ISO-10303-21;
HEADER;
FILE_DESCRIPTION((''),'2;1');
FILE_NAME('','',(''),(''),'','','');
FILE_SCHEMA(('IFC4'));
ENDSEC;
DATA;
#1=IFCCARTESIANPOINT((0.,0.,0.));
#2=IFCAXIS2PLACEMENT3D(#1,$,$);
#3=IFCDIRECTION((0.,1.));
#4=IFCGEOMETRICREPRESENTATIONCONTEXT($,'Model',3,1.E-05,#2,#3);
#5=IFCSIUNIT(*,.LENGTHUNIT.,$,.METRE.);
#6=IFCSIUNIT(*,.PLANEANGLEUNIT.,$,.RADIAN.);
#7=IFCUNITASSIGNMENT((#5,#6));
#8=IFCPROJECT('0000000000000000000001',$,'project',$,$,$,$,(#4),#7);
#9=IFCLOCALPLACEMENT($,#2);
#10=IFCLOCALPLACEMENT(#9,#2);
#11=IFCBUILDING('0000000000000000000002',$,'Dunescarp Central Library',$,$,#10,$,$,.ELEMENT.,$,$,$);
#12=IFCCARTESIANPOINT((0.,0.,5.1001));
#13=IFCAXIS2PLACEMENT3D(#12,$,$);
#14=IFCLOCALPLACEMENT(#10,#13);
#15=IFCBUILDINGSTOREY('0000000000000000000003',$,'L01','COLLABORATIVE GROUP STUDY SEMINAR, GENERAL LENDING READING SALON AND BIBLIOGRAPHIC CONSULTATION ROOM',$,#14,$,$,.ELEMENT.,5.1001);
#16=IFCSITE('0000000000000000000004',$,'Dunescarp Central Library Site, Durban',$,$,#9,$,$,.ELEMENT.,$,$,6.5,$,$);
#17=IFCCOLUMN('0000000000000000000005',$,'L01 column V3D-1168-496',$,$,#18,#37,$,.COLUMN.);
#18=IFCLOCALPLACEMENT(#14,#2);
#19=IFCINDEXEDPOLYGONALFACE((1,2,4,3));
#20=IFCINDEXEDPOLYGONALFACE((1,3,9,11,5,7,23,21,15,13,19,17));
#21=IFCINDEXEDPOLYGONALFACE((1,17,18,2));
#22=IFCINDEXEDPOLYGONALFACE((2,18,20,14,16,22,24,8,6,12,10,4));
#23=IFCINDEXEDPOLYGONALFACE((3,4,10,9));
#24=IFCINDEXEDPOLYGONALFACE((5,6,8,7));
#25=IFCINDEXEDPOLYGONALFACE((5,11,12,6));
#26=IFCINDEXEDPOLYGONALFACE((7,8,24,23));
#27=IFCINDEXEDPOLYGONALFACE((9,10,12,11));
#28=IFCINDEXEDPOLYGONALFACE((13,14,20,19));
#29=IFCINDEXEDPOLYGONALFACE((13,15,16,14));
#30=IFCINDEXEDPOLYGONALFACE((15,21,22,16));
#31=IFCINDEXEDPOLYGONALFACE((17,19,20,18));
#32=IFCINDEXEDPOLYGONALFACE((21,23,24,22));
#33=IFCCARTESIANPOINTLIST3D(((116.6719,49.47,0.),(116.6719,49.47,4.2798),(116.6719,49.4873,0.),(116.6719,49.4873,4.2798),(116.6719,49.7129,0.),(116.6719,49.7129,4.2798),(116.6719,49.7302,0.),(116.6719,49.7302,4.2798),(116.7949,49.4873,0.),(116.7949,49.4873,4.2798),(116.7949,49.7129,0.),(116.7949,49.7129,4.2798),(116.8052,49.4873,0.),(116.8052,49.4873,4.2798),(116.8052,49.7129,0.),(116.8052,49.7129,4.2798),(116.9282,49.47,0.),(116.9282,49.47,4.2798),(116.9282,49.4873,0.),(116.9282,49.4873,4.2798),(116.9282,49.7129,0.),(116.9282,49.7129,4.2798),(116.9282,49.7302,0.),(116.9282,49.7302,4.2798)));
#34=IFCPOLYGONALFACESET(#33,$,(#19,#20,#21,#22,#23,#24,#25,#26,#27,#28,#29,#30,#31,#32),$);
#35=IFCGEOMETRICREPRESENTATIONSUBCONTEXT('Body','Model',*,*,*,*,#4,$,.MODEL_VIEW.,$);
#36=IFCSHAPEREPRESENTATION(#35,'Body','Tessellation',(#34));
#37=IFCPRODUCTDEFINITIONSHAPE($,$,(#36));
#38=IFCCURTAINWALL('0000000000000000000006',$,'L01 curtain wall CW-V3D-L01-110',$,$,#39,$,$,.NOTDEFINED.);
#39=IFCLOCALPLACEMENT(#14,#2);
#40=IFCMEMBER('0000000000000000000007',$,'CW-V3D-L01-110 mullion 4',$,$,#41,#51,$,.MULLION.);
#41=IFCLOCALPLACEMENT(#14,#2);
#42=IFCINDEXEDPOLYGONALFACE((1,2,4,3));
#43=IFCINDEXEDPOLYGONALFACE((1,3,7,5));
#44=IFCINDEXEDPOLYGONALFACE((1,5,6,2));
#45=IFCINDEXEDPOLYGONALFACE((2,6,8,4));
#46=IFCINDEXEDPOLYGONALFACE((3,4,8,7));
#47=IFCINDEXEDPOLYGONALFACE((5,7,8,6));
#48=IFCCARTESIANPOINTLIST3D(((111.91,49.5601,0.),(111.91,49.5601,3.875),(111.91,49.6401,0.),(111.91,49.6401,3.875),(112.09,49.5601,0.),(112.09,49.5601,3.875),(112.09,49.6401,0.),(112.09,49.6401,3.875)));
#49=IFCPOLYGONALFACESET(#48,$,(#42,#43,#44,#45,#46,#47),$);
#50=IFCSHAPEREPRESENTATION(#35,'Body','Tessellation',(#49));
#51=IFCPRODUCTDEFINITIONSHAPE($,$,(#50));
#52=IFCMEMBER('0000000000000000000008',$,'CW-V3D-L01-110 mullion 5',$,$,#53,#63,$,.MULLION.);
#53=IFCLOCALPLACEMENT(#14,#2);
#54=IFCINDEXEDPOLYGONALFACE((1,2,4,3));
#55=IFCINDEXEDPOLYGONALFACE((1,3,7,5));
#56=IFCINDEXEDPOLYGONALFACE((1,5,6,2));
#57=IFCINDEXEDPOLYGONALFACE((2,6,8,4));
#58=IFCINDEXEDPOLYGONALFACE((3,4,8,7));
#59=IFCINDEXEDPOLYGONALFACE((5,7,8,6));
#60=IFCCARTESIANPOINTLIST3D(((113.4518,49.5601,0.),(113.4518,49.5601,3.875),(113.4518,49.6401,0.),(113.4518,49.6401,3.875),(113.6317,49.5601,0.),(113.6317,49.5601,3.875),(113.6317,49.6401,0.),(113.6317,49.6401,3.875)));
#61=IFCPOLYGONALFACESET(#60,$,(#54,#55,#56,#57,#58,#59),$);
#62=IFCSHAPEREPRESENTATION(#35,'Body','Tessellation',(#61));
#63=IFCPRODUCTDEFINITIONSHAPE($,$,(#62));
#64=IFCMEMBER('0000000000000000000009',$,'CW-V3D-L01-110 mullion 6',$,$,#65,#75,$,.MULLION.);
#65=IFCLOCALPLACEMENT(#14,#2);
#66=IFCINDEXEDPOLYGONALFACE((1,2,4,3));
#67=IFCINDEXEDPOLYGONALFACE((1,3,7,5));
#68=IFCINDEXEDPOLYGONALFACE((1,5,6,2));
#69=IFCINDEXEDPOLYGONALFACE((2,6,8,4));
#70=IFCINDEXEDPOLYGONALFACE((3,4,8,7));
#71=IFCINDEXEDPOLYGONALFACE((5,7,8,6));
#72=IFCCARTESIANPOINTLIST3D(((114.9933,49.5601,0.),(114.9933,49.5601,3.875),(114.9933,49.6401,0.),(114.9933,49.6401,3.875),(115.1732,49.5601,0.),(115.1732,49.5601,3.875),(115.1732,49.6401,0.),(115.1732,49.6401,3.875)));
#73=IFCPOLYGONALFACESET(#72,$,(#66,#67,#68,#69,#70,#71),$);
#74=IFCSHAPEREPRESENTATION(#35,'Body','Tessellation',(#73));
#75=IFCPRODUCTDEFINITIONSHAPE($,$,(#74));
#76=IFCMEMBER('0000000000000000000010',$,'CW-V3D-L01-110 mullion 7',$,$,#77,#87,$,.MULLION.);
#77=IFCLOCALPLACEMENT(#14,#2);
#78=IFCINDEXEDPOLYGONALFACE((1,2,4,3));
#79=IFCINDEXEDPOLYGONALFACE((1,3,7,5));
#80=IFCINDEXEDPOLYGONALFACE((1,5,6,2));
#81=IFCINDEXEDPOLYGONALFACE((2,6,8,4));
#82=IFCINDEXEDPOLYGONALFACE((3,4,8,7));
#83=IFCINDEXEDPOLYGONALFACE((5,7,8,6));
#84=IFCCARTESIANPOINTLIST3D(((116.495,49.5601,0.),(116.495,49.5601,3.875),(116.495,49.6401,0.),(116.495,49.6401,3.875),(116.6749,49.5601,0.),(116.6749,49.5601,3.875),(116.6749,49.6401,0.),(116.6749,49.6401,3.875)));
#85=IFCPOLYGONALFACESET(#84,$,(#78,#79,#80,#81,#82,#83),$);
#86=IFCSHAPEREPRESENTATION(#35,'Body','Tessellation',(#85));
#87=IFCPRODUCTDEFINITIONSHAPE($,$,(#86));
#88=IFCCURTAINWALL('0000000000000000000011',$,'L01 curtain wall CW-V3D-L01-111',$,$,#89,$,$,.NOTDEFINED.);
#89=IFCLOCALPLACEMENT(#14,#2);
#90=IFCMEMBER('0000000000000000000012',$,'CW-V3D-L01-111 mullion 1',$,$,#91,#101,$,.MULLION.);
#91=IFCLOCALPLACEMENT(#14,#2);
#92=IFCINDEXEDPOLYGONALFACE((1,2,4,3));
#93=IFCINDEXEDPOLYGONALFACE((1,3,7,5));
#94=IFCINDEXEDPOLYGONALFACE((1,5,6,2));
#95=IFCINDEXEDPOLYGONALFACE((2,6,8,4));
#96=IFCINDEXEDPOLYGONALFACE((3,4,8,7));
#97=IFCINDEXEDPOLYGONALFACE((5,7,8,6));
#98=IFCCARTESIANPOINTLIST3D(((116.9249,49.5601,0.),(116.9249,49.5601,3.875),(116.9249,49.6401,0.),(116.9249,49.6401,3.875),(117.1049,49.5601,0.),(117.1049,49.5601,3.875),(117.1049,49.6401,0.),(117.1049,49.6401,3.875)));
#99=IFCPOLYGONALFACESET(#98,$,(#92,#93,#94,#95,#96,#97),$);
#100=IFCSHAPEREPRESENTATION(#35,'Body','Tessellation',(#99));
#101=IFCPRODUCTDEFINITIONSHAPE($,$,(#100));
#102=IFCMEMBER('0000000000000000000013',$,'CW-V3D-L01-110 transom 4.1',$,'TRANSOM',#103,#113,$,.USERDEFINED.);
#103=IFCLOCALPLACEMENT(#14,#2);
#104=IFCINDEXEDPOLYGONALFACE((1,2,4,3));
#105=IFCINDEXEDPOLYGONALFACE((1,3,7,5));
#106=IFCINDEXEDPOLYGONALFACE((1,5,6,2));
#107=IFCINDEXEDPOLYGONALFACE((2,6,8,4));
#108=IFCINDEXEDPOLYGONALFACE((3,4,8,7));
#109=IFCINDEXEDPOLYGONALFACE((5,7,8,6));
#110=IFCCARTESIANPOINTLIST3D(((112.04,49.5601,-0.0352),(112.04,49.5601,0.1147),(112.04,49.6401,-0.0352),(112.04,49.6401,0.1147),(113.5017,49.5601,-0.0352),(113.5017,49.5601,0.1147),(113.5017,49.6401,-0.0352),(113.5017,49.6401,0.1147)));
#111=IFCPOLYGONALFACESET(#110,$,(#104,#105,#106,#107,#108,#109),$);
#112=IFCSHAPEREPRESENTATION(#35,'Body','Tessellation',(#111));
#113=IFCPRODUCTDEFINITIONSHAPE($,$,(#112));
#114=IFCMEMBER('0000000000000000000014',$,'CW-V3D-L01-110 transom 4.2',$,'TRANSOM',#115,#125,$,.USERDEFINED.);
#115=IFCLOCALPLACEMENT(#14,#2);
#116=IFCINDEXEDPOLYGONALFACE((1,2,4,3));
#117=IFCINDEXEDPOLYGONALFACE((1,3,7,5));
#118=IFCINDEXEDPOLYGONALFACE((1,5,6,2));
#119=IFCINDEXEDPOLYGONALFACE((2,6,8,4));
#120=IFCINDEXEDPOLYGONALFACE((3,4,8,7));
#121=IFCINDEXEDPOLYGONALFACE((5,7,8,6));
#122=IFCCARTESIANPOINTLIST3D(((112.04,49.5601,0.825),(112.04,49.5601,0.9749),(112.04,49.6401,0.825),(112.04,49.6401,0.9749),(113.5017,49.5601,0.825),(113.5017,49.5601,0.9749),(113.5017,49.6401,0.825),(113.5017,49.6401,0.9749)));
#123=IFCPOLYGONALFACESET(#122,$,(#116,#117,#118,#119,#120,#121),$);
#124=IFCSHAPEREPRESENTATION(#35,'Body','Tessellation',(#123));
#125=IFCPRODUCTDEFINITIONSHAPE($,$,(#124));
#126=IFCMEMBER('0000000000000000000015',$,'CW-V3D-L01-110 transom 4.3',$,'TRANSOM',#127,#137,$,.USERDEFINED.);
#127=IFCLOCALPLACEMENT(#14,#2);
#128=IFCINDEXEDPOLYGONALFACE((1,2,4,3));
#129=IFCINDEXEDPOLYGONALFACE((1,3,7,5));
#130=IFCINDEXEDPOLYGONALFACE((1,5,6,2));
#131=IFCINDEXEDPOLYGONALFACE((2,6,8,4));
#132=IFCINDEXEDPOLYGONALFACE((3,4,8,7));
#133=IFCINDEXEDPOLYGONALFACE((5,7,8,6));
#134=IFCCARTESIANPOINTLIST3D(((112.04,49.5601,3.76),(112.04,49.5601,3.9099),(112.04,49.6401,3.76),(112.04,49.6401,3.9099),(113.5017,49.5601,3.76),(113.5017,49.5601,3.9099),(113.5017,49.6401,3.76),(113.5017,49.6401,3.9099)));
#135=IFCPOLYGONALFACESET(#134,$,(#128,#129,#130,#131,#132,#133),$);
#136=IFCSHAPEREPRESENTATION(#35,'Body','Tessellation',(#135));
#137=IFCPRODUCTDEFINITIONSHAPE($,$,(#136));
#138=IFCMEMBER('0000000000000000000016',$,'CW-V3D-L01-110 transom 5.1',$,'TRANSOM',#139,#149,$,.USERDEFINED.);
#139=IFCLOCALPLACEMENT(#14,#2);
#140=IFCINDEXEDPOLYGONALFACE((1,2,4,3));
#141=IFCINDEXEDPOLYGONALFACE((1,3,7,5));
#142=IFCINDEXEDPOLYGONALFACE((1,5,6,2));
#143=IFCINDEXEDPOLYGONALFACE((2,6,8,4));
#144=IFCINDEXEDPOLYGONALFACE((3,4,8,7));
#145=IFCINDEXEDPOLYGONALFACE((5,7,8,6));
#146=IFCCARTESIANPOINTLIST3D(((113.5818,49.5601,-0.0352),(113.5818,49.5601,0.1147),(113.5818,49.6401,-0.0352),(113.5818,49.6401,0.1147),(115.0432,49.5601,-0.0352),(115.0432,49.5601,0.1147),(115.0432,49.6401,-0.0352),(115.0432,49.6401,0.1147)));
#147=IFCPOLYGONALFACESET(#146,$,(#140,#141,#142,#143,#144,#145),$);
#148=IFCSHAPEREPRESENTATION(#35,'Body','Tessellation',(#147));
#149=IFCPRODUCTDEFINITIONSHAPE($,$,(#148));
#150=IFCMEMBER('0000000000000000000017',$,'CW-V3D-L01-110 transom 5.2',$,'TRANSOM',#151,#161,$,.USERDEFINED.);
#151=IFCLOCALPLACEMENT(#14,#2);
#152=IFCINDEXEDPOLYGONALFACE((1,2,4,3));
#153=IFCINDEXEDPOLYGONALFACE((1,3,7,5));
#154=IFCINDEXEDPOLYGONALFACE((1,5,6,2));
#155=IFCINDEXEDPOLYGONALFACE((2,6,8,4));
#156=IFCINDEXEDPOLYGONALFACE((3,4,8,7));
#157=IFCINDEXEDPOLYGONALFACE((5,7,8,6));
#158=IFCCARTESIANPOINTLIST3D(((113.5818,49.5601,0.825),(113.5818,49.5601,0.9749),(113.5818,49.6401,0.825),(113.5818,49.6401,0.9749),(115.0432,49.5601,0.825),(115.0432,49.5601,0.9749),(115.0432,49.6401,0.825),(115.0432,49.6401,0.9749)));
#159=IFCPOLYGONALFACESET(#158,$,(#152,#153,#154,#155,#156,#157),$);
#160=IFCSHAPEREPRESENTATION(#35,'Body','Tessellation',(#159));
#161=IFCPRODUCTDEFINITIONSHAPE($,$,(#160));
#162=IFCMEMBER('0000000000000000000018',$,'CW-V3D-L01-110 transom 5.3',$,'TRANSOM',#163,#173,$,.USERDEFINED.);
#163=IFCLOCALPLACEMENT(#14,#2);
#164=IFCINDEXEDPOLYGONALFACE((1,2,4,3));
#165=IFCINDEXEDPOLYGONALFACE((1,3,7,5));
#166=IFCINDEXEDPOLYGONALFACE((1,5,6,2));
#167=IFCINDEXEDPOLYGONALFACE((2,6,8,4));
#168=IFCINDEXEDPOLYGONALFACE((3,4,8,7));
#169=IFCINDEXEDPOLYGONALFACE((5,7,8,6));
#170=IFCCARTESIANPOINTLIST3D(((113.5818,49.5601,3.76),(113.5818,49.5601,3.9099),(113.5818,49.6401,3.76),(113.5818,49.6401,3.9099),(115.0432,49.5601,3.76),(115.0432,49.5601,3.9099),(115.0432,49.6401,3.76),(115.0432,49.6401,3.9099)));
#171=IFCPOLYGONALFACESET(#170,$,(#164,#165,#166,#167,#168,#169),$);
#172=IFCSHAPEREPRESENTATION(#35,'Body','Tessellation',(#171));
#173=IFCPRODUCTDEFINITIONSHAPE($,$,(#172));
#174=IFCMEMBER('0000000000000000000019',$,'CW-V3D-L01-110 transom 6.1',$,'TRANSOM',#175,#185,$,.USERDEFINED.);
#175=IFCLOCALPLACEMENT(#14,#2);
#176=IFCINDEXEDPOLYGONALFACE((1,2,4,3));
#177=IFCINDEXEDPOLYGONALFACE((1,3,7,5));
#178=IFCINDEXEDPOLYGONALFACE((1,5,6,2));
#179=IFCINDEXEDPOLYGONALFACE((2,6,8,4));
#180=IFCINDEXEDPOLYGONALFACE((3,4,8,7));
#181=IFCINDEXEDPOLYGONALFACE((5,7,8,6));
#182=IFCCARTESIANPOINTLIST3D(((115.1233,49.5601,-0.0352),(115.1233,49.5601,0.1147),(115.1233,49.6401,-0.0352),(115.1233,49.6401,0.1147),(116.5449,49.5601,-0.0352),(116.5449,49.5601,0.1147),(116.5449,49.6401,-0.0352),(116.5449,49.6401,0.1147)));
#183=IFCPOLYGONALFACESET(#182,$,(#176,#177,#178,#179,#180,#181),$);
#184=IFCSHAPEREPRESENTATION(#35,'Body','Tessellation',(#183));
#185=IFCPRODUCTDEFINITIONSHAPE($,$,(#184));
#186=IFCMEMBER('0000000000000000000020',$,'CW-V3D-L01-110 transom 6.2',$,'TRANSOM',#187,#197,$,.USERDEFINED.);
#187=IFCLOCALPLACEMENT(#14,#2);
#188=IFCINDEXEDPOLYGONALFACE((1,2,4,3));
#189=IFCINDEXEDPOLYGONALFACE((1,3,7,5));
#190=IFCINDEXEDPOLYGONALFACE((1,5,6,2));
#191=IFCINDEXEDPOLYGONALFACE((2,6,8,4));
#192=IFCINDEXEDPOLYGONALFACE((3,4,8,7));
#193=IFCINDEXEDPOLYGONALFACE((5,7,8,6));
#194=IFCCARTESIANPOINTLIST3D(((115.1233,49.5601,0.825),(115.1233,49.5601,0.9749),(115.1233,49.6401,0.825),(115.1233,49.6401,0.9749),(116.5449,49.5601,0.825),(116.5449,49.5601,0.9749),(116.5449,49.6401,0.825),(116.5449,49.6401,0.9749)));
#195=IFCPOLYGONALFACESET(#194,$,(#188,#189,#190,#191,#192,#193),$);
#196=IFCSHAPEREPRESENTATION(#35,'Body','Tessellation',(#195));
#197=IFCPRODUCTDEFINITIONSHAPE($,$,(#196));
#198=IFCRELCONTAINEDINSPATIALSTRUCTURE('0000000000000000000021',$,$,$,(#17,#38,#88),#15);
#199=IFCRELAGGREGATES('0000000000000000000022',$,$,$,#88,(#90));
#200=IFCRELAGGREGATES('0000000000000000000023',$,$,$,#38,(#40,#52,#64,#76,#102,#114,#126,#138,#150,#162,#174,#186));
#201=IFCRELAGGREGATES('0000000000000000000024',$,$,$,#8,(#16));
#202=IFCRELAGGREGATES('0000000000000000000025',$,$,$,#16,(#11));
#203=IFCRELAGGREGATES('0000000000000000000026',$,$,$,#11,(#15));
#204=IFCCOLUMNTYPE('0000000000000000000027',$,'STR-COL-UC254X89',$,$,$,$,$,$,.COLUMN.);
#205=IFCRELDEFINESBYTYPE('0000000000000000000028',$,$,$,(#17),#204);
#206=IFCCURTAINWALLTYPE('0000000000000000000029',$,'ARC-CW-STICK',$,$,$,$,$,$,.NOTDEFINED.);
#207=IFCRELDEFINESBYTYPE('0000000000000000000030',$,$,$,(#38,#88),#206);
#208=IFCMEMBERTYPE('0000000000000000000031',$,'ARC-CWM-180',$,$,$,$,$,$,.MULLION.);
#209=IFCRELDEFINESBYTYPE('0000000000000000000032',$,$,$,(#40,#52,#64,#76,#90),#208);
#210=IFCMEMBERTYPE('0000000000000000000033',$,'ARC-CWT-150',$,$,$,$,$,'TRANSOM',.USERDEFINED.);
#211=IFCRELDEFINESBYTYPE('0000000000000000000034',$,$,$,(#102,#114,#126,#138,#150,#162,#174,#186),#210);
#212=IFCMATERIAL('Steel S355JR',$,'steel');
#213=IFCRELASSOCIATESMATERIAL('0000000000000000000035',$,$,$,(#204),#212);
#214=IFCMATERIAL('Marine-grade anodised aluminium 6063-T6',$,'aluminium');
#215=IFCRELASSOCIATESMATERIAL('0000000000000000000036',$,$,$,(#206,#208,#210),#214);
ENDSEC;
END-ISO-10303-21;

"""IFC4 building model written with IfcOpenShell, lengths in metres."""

from ifc_helpers import new_model, si_unit, direction, frame, origin, origin_2d, place, context, subcontext, project, spatial, rectangle, i_section, extrude, material, material_profile, profile_set, type_object, element, aggregate, save


model = new_model("IFC4")

# Units and contexts
model_context = context("Model", 3, precision=1e-05, world=origin(), true_north=direction((0.0, 1.0)))
body_context = subcontext(model_context, "Body", "Model", "MODEL_VIEW")
ifc_project = project(units=[si_unit("LENGTHUNIT", "METRE"), si_unit("PLANEANGLEUNIT", "RADIAN")], contexts=[model_context])

# Site, building, storey
site_placement = place(None, origin())
site = spatial("IfcSite", under=ifc_project, at=site_placement, Name="Dunescarp Central Library Site, Durban", CompositionType="ELEMENT", RefElevation=6.5)
building_placement = place(site_placement, origin())
building = spatial("IfcBuilding", under=site, at=building_placement, Name="Dunescarp Central Library", CompositionType="ELEMENT")
storey_placement = place(building_placement, frame((0.0, 0.0, 5.1001)))
storey = spatial("IfcBuildingStorey", under=building, at=storey_placement, Name="L01", Description="COLLABORATIVE GROUP STUDY SEMINAR, GENERAL LENDING READING SALON AND BIBLIOGRAPHIC CONSULTATION ROOM", CompositionType="ELEMENT", Elevation=5.1001)

# Column
ifc_material_1 = material(Name="Steel S355JR", Category="steel")
ifc_material_profile_1 = material_profile(ifc_material_1, i_section(OverallWidth=0.2563, OverallDepth=0.2603, WebThickness=0.0103, FlangeThickness=0.0173, at=origin_2d()), Name="UC 254x254x89")
ifc_profile_set_1 = profile_set([ifc_material_profile_1], Name="Steel S355JR")
column_type = type_object("IfcColumnType", Name="STR-COL-UC254X89", PredefinedType="COLUMN", material=ifc_profile_set_1)
column_placement = place(storey_placement, frame((116.8, 49.6001, 0.0), z_axis=(0.0, 0.0, 1.0), x_axis=(1.0, 0.0, 0.0)))
element("IfcColumn", 1, at=column_placement, inside=storey, type_object=column_type, Name="L01 column V3D-1168-496", PredefinedType="COLUMN", context=body_context, shape_type="SweptSolid", body=[
    extrude(i_section(OverallWidth=0.2563, OverallDepth=0.2603, WebThickness=0.0103, FlangeThickness=0.0173, at=origin_2d()), origin(), (0.0, 0.0, 1.0), 4.2798),
])

# Curtain wall, members
ifc_material_2 = material(Name="Marine-grade anodised aluminium 6063-T6", Category="aluminium")
curtain_wall_type = type_object("IfcCurtainWallType", Name="ARC-CW-STICK", PredefinedType="NOTDEFINED", material=ifc_material_2)
curtain_wall_1_placement = place(storey_placement, origin())
curtain_wall_1 = element("IfcCurtainWall", 2, at=curtain_wall_1_placement, inside=storey, type_object=curtain_wall_type, Name="L01 curtain wall CW-V3D-L01-110", PredefinedType="NOTDEFINED")
ifc_material_profile_2 = material_profile(ifc_material_2, rectangle(XDim=0.0801, YDim=0.1799, at=origin_2d()), Name="AL 80x180")
ifc_profile_set_2 = profile_set([ifc_material_profile_2], Name="Marine-grade anodised aluminium 6063-T6")
member_type_1 = type_object("IfcMemberType", Name="ARC-CWM-180", PredefinedType="MULLION", material=ifc_profile_set_2)
member_1_placement = place(storey_placement, frame((112.0, 49.6001, 0.0), z_axis=(0.0, 0.0, 1.0), x_axis=(0.0, 1.0, 0.0)))
member_1 = element("IfcMember", 3, at=member_1_placement, type_object=member_type_1, Name="CW-V3D-L01-110 mullion 4", PredefinedType="MULLION", context=body_context, shape_type="SweptSolid", body=[
    extrude(rectangle(XDim=0.0801, YDim=0.1799, at=origin_2d()), origin(), (0.0, 0.0, 1.0), 3.875),
])
member_2_placement = place(storey_placement, frame((113.5417, 49.6001, 0.0), z_axis=(0.0, 0.0, 1.0), x_axis=(0.0, 1.0, 0.0)))
member_2 = element("IfcMember", 4, at=member_2_placement, type_object=member_type_1, Name="CW-V3D-L01-110 mullion 5", PredefinedType="MULLION", context=body_context, shape_type="SweptSolid", body=[
    extrude(rectangle(XDim=0.0801, YDim=0.1799, at=origin_2d()), origin(), (0.0, 0.0, 1.0), 3.875),
])
member_3_placement = place(storey_placement, frame((115.0833, 49.6001, 0.0), z_axis=(0.0, 0.0, 1.0), x_axis=(0.0, 1.0, 0.0)))
member_3 = element("IfcMember", 5, at=member_3_placement, type_object=member_type_1, Name="CW-V3D-L01-110 mullion 6", PredefinedType="MULLION", context=body_context, shape_type="SweptSolid", body=[
    extrude(rectangle(XDim=0.0801, YDim=0.1799, at=origin_2d()), origin(), (0.0, 0.0, 1.0), 3.875),
])
member_4_placement = place(storey_placement, frame((116.585, 49.6001, 0.0), z_axis=(0.0, 0.0, 1.0), x_axis=(0.0, 1.0, 0.0)))
member_4 = element("IfcMember", 6, at=member_4_placement, type_object=member_type_1, Name="CW-V3D-L01-110 mullion 7", PredefinedType="MULLION", context=body_context, shape_type="SweptSolid", body=[
    extrude(rectangle(XDim=0.0801, YDim=0.1799, at=origin_2d()), origin(), (0.0, 0.0, 1.0), 3.875),
])

# Curtain wall, member
curtain_wall_2_placement = place(storey_placement, origin())
curtain_wall_2 = element("IfcCurtainWall", 7, at=curtain_wall_2_placement, inside=storey, type_object=curtain_wall_type, Name="L01 curtain wall CW-V3D-L01-111", PredefinedType="NOTDEFINED")
member_5_placement = place(storey_placement, frame((117.0149, 49.6001, 0.0), z_axis=(0.0, 0.0, 1.0), x_axis=(0.0, 1.0, 0.0)))
member_5 = element("IfcMember", 8, at=member_5_placement, type_object=member_type_1, Name="CW-V3D-L01-111 mullion 1", PredefinedType="MULLION", context=body_context, shape_type="SweptSolid", body=[
    extrude(rectangle(XDim=0.0801, YDim=0.1799, at=origin_2d()), origin(), (0.0, 0.0, 1.0), 3.875),
])

# Members
ifc_material_profile_3 = material_profile(ifc_material_2, rectangle(XDim=0.0801, YDim=0.1499, at=origin_2d()), Name="AL 80x150")
ifc_profile_set_3 = profile_set([ifc_material_profile_3], Name="Marine-grade anodised aluminium 6063-T6")
member_type_2 = type_object("IfcMemberType", Name="ARC-CWT-150", ElementType="TRANSOM", PredefinedType="USERDEFINED", material=ifc_profile_set_3)
member_6_placement = place(storey_placement, frame((112.04, 49.6001, 0.0398), z_axis=(1.0, 0.0, 0.0), x_axis=(0.0, 1.0, 0.0)))
member_6 = element("IfcMember", 9, at=member_6_placement, type_object=member_type_2, Name="CW-V3D-L01-110 transom 4.1", ObjectType="TRANSOM", PredefinedType="USERDEFINED", context=body_context, shape_type="SweptSolid", body=[
    extrude(rectangle(XDim=0.0801, YDim=0.1499, at=origin_2d()), origin(), (0.0, 0.0, 1.0), 1.4617),
])
member_7_placement = place(storey_placement, frame((112.04, 49.6001, 0.8999), z_axis=(1.0, 0.0, 0.0), x_axis=(0.0, 1.0, 0.0)))
member_7 = element("IfcMember", 10, at=member_7_placement, type_object=member_type_2, Name="CW-V3D-L01-110 transom 4.2", ObjectType="TRANSOM", PredefinedType="USERDEFINED", context=body_context, shape_type="SweptSolid", body=[
    extrude(rectangle(XDim=0.0801, YDim=0.1499, at=origin_2d()), origin(), (0.0, 0.0, 1.0), 1.4617),
])
member_8_placement = place(storey_placement, frame((112.04, 49.6001, 3.835), z_axis=(1.0, 0.0, 0.0), x_axis=(0.0, 1.0, 0.0)))
member_8 = element("IfcMember", 11, at=member_8_placement, type_object=member_type_2, Name="CW-V3D-L01-110 transom 4.3", ObjectType="TRANSOM", PredefinedType="USERDEFINED", context=body_context, shape_type="SweptSolid", body=[
    extrude(rectangle(XDim=0.0801, YDim=0.1499, at=origin_2d()), origin(), (0.0, 0.0, 1.0), 1.4617),
])
member_9_placement = place(storey_placement, frame((113.5818, 49.6001, 0.0398), z_axis=(1.0, 0.0, 0.0), x_axis=(0.0, 1.0, 0.0)))
member_9 = element("IfcMember", 12, at=member_9_placement, type_object=member_type_2, Name="CW-V3D-L01-110 transom 5.1", ObjectType="TRANSOM", PredefinedType="USERDEFINED", context=body_context, shape_type="SweptSolid", body=[
    extrude(rectangle(XDim=0.0801, YDim=0.1499, at=origin_2d()), origin(), (0.0, 0.0, 1.0), 1.4614),
])
member_10_placement = place(storey_placement, frame((113.5818, 49.6001, 0.8999), z_axis=(1.0, 0.0, 0.0), x_axis=(0.0, 1.0, 0.0)))
member_10 = element("IfcMember", 13, at=member_10_placement, type_object=member_type_2, Name="CW-V3D-L01-110 transom 5.2", ObjectType="TRANSOM", PredefinedType="USERDEFINED", context=body_context, shape_type="SweptSolid", body=[
    extrude(rectangle(XDim=0.0801, YDim=0.1499, at=origin_2d()), origin(), (0.0, 0.0, 1.0), 1.4614),
])
member_11_placement = place(storey_placement, frame((113.5818, 49.6001, 3.835), z_axis=(1.0, 0.0, 0.0), x_axis=(0.0, 1.0, 0.0)))
member_11 = element("IfcMember", 14, at=member_11_placement, type_object=member_type_2, Name="CW-V3D-L01-110 transom 5.3", ObjectType="TRANSOM", PredefinedType="USERDEFINED", context=body_context, shape_type="SweptSolid", body=[
    extrude(rectangle(XDim=0.0801, YDim=0.1499, at=origin_2d()), origin(), (0.0, 0.0, 1.0), 1.4614),
])
member_12_placement = place(storey_placement, frame((115.1233, 49.6001, 0.0398), z_axis=(1.0, 0.0, 0.0), x_axis=(0.0, 1.0, 0.0)))
member_12 = element("IfcMember", 15, at=member_12_placement, type_object=member_type_2, Name="CW-V3D-L01-110 transom 6.1", ObjectType="TRANSOM", PredefinedType="USERDEFINED", context=body_context, shape_type="SweptSolid", body=[
    extrude(rectangle(XDim=0.0801, YDim=0.1499, at=origin_2d()), origin(), (0.0, 0.0, 1.0), 1.4216),
])
member_13_placement = place(storey_placement, frame((115.1233, 49.6001, 0.8999), z_axis=(1.0, 0.0, 0.0), x_axis=(0.0, 1.0, 0.0)))
member_13 = element("IfcMember", 16, at=member_13_placement, type_object=member_type_2, Name="CW-V3D-L01-110 transom 6.2", ObjectType="TRANSOM", PredefinedType="USERDEFINED", context=body_context, shape_type="SweptSolid", body=[
    extrude(rectangle(XDim=0.0801, YDim=0.1499, at=origin_2d()), origin(), (0.0, 0.0, 1.0), 1.4216),
])
aggregate(curtain_wall_2, [member_5])

aggregate(curtain_wall_1, [member_1, member_2, member_3, member_4, member_6, member_7, member_8, member_9, member_10, member_11, member_12, member_13])

save(model, "model.ifc")
